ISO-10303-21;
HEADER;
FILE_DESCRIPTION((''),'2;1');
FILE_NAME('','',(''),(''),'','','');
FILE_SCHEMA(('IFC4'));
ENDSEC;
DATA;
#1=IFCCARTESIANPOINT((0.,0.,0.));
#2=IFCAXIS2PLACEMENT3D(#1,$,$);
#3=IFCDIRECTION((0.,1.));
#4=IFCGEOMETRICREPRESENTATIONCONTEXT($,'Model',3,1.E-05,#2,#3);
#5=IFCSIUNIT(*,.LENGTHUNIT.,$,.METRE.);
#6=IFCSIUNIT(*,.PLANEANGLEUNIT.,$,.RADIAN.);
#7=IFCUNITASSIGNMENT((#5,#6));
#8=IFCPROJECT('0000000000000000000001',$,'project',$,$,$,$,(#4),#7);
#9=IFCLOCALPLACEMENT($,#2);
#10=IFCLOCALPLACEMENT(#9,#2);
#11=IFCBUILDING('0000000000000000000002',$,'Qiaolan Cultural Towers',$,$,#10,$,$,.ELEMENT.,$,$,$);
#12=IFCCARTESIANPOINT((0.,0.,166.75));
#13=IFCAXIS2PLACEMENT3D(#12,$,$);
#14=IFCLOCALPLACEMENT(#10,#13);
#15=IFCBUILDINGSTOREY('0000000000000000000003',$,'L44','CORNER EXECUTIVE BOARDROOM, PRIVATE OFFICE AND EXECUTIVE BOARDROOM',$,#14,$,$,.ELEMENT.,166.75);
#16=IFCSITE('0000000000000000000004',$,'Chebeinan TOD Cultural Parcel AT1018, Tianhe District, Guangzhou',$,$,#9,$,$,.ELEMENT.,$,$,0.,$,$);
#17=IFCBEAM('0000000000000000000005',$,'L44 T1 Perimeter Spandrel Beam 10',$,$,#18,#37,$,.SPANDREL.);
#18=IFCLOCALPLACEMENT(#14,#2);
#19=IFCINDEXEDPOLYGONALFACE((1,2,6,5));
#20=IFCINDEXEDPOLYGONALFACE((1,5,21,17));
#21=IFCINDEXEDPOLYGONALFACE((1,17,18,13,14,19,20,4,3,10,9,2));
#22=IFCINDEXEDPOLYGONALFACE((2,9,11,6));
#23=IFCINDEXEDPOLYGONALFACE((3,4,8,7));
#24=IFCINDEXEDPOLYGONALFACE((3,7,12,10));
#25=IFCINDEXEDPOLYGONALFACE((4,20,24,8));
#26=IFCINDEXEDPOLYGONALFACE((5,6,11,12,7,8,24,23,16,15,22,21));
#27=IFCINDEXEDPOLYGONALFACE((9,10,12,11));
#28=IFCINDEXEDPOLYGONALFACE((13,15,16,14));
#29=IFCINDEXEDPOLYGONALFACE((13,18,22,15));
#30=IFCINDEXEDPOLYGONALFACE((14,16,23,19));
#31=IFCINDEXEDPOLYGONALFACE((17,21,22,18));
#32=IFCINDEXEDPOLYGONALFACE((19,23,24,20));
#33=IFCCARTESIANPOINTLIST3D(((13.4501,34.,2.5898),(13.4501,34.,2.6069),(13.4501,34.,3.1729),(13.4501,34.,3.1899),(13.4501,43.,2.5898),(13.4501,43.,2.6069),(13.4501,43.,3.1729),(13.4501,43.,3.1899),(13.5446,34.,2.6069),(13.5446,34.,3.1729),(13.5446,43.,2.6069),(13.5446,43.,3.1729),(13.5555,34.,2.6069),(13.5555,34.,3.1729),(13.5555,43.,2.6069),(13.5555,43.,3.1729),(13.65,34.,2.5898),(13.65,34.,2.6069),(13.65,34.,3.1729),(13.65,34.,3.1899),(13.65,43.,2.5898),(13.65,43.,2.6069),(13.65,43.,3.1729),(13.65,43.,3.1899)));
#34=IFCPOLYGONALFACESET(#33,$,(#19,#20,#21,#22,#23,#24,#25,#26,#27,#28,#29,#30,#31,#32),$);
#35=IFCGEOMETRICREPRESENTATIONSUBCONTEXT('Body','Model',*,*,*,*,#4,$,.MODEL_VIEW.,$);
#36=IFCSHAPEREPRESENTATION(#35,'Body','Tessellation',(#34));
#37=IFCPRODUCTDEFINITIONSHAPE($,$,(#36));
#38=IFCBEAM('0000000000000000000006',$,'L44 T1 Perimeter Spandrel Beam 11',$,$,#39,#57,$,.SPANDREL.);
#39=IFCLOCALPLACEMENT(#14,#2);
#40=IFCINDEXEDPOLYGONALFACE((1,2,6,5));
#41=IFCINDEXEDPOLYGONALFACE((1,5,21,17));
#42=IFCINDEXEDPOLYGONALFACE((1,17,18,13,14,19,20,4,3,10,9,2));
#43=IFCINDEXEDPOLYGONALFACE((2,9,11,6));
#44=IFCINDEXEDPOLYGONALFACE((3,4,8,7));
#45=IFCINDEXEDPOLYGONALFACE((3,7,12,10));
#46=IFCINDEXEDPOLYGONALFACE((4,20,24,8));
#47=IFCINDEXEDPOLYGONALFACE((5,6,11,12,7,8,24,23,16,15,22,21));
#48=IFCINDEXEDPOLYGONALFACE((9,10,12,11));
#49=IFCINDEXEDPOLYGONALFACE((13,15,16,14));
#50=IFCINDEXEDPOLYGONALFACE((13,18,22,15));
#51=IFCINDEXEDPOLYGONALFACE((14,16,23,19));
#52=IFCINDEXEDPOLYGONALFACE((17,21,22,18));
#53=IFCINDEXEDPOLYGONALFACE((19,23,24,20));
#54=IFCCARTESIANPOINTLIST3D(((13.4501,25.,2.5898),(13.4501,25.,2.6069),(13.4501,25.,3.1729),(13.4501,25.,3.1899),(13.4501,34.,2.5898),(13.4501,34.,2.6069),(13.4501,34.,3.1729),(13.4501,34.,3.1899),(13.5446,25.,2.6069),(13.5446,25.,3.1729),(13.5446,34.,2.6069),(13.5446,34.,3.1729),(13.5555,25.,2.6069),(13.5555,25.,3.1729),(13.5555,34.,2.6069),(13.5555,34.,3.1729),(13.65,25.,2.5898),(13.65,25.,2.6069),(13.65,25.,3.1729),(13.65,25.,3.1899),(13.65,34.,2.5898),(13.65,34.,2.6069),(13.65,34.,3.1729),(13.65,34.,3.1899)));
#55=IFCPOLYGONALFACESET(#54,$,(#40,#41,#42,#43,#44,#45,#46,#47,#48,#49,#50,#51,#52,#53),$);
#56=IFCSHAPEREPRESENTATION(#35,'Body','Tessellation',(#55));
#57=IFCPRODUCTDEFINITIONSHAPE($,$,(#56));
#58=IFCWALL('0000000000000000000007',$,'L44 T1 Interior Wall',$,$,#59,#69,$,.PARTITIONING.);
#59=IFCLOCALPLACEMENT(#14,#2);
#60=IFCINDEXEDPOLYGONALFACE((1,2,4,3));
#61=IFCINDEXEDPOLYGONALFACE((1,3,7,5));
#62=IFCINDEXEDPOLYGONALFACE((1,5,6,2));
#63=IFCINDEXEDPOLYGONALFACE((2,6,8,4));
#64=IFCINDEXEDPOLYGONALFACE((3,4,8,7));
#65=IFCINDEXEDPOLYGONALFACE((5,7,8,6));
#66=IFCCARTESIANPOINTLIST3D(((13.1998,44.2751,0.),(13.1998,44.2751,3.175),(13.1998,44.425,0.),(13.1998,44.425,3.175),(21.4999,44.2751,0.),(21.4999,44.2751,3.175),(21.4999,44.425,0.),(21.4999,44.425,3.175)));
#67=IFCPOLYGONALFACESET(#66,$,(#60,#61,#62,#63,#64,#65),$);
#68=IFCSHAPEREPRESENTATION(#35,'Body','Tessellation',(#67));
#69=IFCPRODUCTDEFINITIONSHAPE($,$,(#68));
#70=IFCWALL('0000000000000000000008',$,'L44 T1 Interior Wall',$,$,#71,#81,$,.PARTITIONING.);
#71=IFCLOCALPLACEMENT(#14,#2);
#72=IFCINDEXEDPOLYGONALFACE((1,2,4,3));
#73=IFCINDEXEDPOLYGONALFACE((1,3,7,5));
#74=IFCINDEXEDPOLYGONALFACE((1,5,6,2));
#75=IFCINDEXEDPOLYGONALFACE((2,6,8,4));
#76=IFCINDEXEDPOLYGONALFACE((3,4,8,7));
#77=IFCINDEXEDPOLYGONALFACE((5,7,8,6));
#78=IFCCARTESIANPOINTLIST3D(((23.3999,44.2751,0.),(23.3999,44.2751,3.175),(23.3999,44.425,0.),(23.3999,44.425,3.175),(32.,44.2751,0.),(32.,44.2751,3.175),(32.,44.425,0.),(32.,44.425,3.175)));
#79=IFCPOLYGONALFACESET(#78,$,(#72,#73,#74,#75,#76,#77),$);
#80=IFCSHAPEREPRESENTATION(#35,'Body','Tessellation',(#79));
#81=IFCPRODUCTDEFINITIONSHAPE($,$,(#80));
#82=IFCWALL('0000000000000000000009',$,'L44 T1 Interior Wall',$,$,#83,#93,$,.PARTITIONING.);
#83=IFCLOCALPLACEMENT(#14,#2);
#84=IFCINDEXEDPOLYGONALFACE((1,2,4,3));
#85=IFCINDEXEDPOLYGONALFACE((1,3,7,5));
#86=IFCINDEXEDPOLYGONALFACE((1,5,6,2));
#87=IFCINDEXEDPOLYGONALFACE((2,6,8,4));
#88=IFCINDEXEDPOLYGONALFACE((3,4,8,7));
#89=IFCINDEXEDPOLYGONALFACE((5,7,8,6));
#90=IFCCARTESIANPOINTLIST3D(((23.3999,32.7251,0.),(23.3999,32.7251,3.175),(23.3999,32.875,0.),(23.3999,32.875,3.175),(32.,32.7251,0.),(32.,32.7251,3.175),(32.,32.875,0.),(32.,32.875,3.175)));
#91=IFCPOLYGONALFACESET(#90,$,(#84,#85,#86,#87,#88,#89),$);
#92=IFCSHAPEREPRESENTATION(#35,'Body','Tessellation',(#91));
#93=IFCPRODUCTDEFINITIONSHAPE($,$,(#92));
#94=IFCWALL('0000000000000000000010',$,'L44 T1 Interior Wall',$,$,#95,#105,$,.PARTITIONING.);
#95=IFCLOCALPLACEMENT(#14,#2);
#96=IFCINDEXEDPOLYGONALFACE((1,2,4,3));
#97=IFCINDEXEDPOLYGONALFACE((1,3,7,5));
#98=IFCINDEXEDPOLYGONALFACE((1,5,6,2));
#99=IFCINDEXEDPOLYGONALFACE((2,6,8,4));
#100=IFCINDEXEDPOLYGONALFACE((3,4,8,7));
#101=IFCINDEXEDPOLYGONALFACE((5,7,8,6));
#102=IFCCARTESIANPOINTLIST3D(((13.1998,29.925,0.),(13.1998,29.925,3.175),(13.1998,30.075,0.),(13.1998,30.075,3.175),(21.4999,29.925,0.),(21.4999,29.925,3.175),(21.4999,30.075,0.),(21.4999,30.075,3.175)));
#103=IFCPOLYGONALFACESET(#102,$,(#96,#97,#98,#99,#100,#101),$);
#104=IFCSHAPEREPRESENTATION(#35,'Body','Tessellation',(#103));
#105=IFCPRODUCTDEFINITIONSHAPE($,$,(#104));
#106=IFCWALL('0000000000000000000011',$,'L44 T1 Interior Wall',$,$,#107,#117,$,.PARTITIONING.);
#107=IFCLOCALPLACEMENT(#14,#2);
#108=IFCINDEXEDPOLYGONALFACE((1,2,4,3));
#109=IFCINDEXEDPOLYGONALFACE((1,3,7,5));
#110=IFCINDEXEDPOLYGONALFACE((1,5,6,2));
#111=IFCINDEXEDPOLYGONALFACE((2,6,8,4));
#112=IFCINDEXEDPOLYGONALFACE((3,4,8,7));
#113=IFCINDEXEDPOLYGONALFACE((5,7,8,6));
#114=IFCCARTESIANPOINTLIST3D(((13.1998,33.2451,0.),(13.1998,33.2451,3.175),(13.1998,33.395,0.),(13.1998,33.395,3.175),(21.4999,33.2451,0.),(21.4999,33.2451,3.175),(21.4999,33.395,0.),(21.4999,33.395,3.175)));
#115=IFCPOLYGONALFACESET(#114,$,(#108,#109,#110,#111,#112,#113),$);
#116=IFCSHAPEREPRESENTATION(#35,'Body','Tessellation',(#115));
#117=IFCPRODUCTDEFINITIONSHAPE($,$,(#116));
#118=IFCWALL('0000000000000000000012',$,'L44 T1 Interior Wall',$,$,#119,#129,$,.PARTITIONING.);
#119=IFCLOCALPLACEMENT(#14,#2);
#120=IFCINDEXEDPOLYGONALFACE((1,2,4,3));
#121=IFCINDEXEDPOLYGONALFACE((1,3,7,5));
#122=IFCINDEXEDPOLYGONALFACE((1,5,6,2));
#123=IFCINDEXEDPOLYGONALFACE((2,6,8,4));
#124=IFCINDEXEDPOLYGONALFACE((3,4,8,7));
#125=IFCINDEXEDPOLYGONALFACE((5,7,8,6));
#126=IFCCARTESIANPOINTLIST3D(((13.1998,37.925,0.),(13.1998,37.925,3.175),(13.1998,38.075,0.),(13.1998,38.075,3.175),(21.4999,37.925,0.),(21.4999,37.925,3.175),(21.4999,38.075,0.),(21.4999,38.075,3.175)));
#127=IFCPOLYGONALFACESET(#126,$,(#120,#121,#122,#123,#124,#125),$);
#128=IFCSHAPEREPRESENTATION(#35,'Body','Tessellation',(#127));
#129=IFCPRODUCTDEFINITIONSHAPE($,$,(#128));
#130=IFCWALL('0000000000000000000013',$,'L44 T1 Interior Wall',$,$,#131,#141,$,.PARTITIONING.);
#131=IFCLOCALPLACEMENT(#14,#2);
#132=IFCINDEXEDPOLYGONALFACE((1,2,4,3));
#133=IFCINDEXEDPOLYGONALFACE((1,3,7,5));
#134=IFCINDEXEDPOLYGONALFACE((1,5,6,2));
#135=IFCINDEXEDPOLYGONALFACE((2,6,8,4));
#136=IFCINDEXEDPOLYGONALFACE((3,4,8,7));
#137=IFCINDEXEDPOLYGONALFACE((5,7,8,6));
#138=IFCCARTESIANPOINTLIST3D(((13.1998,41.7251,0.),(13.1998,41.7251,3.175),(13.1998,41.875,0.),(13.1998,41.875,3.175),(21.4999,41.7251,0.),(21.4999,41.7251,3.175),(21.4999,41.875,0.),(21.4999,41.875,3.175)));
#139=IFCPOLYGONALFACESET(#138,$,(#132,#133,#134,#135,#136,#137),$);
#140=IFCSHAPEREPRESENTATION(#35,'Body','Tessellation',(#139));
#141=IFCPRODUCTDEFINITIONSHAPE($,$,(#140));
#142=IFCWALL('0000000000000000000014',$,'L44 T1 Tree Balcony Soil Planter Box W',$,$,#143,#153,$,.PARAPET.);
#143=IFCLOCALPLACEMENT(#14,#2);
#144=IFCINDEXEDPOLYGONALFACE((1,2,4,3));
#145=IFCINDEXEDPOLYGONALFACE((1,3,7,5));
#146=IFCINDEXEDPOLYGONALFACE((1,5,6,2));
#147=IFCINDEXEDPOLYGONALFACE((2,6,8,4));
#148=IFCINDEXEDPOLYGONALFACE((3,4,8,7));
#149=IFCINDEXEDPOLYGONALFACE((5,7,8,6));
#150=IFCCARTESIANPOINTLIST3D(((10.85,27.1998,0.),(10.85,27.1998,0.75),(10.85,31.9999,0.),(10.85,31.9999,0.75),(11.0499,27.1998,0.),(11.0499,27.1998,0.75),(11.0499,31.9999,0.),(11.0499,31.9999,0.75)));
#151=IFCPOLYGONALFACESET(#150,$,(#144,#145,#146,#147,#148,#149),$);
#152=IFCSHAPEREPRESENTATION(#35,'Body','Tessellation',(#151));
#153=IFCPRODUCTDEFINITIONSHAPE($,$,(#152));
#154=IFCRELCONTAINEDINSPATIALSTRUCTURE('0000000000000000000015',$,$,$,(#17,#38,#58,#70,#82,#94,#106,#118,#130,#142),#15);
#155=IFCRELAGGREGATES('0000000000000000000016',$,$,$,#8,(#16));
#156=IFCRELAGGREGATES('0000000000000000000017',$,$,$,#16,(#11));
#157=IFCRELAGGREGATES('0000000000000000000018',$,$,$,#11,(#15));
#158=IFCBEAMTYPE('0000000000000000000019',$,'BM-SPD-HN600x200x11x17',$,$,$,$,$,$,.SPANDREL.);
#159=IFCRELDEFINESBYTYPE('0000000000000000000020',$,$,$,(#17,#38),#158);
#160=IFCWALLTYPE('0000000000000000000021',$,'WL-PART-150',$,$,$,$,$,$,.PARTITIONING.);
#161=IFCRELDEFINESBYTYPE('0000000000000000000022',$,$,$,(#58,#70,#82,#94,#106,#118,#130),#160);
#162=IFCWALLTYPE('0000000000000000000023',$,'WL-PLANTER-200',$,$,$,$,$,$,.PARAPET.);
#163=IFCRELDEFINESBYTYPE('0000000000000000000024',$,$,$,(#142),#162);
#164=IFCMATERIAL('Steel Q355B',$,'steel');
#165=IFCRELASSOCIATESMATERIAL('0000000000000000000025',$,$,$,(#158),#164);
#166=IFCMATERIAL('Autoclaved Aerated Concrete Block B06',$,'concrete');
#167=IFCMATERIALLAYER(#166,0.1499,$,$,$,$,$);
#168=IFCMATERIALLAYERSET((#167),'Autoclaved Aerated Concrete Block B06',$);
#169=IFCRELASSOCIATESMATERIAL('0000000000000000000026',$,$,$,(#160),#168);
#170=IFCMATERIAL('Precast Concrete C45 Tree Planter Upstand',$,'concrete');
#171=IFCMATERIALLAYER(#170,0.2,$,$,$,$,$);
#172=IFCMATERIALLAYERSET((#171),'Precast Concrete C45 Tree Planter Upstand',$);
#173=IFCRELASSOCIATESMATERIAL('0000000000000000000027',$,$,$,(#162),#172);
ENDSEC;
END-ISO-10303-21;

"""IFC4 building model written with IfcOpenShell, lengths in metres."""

from ifc_helpers import new_model, si_unit, direction, frame, frame_2d, origin, origin_2d, place, context, subcontext, project, spatial, rectangle, i_section, extrude, material, layer, layer_set, material_profile, profile_set, type_object, element, save


model = new_model("IFC4")

# Units and contexts
model_context = context("Model", 3, precision=1e-05, world=origin(), true_north=direction((0.0, 1.0)))
body_context = subcontext(model_context, "Body", "Model", "MODEL_VIEW")
ifc_project = project(units=[si_unit("LENGTHUNIT", "METRE"), si_unit("PLANEANGLEUNIT", "RADIAN")], contexts=[model_context])

# Site, building, storey
site_placement = place(None, origin())
site = spatial("IfcSite", under=ifc_project, at=site_placement, Name="Chebeinan TOD Cultural Parcel AT1018, Tianhe District, Guangzhou", CompositionType="ELEMENT", RefElevation=0.0)
building_placement = place(site_placement, origin())
building = spatial("IfcBuilding", under=site, at=building_placement, Name="Qiaolan Cultural Towers", CompositionType="ELEMENT")
storey_placement = place(building_placement, frame((0.0, 0.0, 166.75)))
storey = spatial("IfcBuildingStorey", under=building, at=storey_placement, Name="L44", Description="CORNER EXECUTIVE BOARDROOM, PRIVATE OFFICE AND EXECUTIVE BOARDROOM", CompositionType="ELEMENT", Elevation=166.75)

# Beams
ifc_material_1 = material(Name="Steel Q355B", Category="steel")
ifc_material_profile_1 = material_profile(ifc_material_1, i_section(OverallWidth=0.2, OverallDepth=0.6001, WebThickness=0.011, FlangeThickness=0.0171, at=origin_2d()), Name="HN600x200x11x17")
ifc_profile_set_1 = profile_set([ifc_material_profile_1], Name="Steel Q355B")
beam_type_1 = type_object("IfcBeamType", Name="BM-SPD-HN600x200x11x17", PredefinedType="SPANDREL", material=ifc_profile_set_1)
for number, where, z_axis, x_axis, name in (
    (1, (13.55, 43.0, 2.8899), (0.0, -1.0, 0.0), (1.0, 0.0, 0.0), "L44 T1 Perimeter Spandrel Beam 10"),
    (2, (13.55, 34.0, 2.8899), (0.0, -1.0, 0.0), (1.0, 0.0, 0.0), "L44 T1 Perimeter Spandrel Beam 11"),
):
    element("IfcBeam", number, at=place(storey_placement, frame(where, z_axis=z_axis, x_axis=x_axis)), inside=storey, type_object=beam_type_1, Name=name, PredefinedType="SPANDREL", context=body_context, shape_type="SweptSolid", body=[
        extrude(i_section(OverallWidth=0.2, OverallDepth=0.6001, WebThickness=0.011, FlangeThickness=0.0171, at=origin_2d()), origin(), (0.0, 0.0, 1.0), 9.0),
    ])

# Walls
ifc_material_2 = material(Name="Autoclaved Aerated Concrete Block B06", Category="concrete")
ifc_layer_1 = layer(ifc_material_2, 0.1499)
ifc_layer_set_1 = layer_set([ifc_layer_1], Name="Autoclaved Aerated Concrete Block B06")
wall_type_1 = type_object("IfcWallType", Name="WL-PART-150", PredefinedType="PARTITIONING", material=ifc_layer_set_1)
wall_1_placement = place(storey_placement, frame((13.2, 44.3501, 0.0), z_axis=(0.0, 0.0, 1.0), x_axis=(1.0, 0.0, 0.0)))
element("IfcWall", 3, at=wall_1_placement, inside=storey, type_object=wall_type_1, Name="L44 T1 Interior Wall", PredefinedType="PARTITIONING", context=body_context, shape_type="SweptSolid", body=[
    extrude(rectangle(XDim=8.3, YDim=0.1499, at=frame_2d((4.1499, 0.0))), origin(), (0.0, 0.0, 1.0), 3.175),
])
for number, where, z_axis, x_axis, name in (
    (4, (23.3999, 44.3501, 0.0), (0.0, 0.0, 1.0), (1.0, 0.0, 0.0), "L44 T1 Interior Wall"),
    (5, (23.3999, 32.8, 0.0), (0.0, 0.0, 1.0), (1.0, 0.0, 0.0), "L44 T1 Interior Wall"),
):
    element("IfcWall", number, at=place(storey_placement, frame(where, z_axis=z_axis, x_axis=x_axis)), inside=storey, type_object=wall_type_1, Name=name, PredefinedType="PARTITIONING", context=body_context, shape_type="SweptSolid", body=[
        extrude(rectangle(XDim=8.6001, YDim=0.1499, at=frame_2d((4.3, 0.0))), origin(), (0.0, 0.0, 1.0), 3.175),
    ])
for number, where, z_axis, x_axis, name in (
    (6, (13.2, 30.0, 0.0), (0.0, 0.0, 1.0), (1.0, 0.0, 0.0), "L44 T1 Interior Wall"),
    (7, (13.2, 33.3201, 0.0), (0.0, 0.0, 1.0), (1.0, 0.0, 0.0), "L44 T1 Interior Wall"),
    (8, (13.2, 38.0, 0.0), (0.0, 0.0, 1.0), (1.0, 0.0, 0.0), "L44 T1 Interior Wall"),
    (9, (13.2, 41.8, 0.0), (0.0, 0.0, 1.0), (1.0, 0.0, 0.0), "L44 T1 Interior Wall"),
):
    element("IfcWall", number, at=place(storey_placement, frame(where, z_axis=z_axis, x_axis=x_axis)), inside=storey, type_object=wall_type_1, Name=name, PredefinedType="PARTITIONING", context=body_context, shape_type="SweptSolid", body=[
        extrude(rectangle(XDim=8.3, YDim=0.1499, at=frame_2d((4.1499, 0.0))), origin(), (0.0, 0.0, 1.0), 3.175),
    ])
ifc_material_3 = material(Name="Precast Concrete C45 Tree Planter Upstand", Category="concrete")
ifc_layer_2 = layer(ifc_material_3, 0.2)
ifc_layer_set_2 = layer_set([ifc_layer_2], Name="Precast Concrete C45 Tree Planter Upstand")
wall_type_2 = type_object("IfcWallType", Name="WL-PLANTER-200", PredefinedType="PARAPET", material=ifc_layer_set_2)
wall_2_placement = place(storey_placement, frame((10.95, 27.2, 0.0), z_axis=(0.0, 0.0, 1.0), x_axis=(0.0, 1.0, 0.0)))
element("IfcWall", 10, at=wall_2_placement, inside=storey, type_object=wall_type_2, Name="L44 T1 Tree Balcony Soil Planter Box W", PredefinedType="PARAPET", context=body_context, shape_type="SweptSolid", body=[
    extrude(rectangle(XDim=4.8, YDim=0.2, at=frame_2d((2.3999, 0.0))), origin(), (0.0, 0.0, 1.0), 0.75),
])

save(model, "model.ifc")
